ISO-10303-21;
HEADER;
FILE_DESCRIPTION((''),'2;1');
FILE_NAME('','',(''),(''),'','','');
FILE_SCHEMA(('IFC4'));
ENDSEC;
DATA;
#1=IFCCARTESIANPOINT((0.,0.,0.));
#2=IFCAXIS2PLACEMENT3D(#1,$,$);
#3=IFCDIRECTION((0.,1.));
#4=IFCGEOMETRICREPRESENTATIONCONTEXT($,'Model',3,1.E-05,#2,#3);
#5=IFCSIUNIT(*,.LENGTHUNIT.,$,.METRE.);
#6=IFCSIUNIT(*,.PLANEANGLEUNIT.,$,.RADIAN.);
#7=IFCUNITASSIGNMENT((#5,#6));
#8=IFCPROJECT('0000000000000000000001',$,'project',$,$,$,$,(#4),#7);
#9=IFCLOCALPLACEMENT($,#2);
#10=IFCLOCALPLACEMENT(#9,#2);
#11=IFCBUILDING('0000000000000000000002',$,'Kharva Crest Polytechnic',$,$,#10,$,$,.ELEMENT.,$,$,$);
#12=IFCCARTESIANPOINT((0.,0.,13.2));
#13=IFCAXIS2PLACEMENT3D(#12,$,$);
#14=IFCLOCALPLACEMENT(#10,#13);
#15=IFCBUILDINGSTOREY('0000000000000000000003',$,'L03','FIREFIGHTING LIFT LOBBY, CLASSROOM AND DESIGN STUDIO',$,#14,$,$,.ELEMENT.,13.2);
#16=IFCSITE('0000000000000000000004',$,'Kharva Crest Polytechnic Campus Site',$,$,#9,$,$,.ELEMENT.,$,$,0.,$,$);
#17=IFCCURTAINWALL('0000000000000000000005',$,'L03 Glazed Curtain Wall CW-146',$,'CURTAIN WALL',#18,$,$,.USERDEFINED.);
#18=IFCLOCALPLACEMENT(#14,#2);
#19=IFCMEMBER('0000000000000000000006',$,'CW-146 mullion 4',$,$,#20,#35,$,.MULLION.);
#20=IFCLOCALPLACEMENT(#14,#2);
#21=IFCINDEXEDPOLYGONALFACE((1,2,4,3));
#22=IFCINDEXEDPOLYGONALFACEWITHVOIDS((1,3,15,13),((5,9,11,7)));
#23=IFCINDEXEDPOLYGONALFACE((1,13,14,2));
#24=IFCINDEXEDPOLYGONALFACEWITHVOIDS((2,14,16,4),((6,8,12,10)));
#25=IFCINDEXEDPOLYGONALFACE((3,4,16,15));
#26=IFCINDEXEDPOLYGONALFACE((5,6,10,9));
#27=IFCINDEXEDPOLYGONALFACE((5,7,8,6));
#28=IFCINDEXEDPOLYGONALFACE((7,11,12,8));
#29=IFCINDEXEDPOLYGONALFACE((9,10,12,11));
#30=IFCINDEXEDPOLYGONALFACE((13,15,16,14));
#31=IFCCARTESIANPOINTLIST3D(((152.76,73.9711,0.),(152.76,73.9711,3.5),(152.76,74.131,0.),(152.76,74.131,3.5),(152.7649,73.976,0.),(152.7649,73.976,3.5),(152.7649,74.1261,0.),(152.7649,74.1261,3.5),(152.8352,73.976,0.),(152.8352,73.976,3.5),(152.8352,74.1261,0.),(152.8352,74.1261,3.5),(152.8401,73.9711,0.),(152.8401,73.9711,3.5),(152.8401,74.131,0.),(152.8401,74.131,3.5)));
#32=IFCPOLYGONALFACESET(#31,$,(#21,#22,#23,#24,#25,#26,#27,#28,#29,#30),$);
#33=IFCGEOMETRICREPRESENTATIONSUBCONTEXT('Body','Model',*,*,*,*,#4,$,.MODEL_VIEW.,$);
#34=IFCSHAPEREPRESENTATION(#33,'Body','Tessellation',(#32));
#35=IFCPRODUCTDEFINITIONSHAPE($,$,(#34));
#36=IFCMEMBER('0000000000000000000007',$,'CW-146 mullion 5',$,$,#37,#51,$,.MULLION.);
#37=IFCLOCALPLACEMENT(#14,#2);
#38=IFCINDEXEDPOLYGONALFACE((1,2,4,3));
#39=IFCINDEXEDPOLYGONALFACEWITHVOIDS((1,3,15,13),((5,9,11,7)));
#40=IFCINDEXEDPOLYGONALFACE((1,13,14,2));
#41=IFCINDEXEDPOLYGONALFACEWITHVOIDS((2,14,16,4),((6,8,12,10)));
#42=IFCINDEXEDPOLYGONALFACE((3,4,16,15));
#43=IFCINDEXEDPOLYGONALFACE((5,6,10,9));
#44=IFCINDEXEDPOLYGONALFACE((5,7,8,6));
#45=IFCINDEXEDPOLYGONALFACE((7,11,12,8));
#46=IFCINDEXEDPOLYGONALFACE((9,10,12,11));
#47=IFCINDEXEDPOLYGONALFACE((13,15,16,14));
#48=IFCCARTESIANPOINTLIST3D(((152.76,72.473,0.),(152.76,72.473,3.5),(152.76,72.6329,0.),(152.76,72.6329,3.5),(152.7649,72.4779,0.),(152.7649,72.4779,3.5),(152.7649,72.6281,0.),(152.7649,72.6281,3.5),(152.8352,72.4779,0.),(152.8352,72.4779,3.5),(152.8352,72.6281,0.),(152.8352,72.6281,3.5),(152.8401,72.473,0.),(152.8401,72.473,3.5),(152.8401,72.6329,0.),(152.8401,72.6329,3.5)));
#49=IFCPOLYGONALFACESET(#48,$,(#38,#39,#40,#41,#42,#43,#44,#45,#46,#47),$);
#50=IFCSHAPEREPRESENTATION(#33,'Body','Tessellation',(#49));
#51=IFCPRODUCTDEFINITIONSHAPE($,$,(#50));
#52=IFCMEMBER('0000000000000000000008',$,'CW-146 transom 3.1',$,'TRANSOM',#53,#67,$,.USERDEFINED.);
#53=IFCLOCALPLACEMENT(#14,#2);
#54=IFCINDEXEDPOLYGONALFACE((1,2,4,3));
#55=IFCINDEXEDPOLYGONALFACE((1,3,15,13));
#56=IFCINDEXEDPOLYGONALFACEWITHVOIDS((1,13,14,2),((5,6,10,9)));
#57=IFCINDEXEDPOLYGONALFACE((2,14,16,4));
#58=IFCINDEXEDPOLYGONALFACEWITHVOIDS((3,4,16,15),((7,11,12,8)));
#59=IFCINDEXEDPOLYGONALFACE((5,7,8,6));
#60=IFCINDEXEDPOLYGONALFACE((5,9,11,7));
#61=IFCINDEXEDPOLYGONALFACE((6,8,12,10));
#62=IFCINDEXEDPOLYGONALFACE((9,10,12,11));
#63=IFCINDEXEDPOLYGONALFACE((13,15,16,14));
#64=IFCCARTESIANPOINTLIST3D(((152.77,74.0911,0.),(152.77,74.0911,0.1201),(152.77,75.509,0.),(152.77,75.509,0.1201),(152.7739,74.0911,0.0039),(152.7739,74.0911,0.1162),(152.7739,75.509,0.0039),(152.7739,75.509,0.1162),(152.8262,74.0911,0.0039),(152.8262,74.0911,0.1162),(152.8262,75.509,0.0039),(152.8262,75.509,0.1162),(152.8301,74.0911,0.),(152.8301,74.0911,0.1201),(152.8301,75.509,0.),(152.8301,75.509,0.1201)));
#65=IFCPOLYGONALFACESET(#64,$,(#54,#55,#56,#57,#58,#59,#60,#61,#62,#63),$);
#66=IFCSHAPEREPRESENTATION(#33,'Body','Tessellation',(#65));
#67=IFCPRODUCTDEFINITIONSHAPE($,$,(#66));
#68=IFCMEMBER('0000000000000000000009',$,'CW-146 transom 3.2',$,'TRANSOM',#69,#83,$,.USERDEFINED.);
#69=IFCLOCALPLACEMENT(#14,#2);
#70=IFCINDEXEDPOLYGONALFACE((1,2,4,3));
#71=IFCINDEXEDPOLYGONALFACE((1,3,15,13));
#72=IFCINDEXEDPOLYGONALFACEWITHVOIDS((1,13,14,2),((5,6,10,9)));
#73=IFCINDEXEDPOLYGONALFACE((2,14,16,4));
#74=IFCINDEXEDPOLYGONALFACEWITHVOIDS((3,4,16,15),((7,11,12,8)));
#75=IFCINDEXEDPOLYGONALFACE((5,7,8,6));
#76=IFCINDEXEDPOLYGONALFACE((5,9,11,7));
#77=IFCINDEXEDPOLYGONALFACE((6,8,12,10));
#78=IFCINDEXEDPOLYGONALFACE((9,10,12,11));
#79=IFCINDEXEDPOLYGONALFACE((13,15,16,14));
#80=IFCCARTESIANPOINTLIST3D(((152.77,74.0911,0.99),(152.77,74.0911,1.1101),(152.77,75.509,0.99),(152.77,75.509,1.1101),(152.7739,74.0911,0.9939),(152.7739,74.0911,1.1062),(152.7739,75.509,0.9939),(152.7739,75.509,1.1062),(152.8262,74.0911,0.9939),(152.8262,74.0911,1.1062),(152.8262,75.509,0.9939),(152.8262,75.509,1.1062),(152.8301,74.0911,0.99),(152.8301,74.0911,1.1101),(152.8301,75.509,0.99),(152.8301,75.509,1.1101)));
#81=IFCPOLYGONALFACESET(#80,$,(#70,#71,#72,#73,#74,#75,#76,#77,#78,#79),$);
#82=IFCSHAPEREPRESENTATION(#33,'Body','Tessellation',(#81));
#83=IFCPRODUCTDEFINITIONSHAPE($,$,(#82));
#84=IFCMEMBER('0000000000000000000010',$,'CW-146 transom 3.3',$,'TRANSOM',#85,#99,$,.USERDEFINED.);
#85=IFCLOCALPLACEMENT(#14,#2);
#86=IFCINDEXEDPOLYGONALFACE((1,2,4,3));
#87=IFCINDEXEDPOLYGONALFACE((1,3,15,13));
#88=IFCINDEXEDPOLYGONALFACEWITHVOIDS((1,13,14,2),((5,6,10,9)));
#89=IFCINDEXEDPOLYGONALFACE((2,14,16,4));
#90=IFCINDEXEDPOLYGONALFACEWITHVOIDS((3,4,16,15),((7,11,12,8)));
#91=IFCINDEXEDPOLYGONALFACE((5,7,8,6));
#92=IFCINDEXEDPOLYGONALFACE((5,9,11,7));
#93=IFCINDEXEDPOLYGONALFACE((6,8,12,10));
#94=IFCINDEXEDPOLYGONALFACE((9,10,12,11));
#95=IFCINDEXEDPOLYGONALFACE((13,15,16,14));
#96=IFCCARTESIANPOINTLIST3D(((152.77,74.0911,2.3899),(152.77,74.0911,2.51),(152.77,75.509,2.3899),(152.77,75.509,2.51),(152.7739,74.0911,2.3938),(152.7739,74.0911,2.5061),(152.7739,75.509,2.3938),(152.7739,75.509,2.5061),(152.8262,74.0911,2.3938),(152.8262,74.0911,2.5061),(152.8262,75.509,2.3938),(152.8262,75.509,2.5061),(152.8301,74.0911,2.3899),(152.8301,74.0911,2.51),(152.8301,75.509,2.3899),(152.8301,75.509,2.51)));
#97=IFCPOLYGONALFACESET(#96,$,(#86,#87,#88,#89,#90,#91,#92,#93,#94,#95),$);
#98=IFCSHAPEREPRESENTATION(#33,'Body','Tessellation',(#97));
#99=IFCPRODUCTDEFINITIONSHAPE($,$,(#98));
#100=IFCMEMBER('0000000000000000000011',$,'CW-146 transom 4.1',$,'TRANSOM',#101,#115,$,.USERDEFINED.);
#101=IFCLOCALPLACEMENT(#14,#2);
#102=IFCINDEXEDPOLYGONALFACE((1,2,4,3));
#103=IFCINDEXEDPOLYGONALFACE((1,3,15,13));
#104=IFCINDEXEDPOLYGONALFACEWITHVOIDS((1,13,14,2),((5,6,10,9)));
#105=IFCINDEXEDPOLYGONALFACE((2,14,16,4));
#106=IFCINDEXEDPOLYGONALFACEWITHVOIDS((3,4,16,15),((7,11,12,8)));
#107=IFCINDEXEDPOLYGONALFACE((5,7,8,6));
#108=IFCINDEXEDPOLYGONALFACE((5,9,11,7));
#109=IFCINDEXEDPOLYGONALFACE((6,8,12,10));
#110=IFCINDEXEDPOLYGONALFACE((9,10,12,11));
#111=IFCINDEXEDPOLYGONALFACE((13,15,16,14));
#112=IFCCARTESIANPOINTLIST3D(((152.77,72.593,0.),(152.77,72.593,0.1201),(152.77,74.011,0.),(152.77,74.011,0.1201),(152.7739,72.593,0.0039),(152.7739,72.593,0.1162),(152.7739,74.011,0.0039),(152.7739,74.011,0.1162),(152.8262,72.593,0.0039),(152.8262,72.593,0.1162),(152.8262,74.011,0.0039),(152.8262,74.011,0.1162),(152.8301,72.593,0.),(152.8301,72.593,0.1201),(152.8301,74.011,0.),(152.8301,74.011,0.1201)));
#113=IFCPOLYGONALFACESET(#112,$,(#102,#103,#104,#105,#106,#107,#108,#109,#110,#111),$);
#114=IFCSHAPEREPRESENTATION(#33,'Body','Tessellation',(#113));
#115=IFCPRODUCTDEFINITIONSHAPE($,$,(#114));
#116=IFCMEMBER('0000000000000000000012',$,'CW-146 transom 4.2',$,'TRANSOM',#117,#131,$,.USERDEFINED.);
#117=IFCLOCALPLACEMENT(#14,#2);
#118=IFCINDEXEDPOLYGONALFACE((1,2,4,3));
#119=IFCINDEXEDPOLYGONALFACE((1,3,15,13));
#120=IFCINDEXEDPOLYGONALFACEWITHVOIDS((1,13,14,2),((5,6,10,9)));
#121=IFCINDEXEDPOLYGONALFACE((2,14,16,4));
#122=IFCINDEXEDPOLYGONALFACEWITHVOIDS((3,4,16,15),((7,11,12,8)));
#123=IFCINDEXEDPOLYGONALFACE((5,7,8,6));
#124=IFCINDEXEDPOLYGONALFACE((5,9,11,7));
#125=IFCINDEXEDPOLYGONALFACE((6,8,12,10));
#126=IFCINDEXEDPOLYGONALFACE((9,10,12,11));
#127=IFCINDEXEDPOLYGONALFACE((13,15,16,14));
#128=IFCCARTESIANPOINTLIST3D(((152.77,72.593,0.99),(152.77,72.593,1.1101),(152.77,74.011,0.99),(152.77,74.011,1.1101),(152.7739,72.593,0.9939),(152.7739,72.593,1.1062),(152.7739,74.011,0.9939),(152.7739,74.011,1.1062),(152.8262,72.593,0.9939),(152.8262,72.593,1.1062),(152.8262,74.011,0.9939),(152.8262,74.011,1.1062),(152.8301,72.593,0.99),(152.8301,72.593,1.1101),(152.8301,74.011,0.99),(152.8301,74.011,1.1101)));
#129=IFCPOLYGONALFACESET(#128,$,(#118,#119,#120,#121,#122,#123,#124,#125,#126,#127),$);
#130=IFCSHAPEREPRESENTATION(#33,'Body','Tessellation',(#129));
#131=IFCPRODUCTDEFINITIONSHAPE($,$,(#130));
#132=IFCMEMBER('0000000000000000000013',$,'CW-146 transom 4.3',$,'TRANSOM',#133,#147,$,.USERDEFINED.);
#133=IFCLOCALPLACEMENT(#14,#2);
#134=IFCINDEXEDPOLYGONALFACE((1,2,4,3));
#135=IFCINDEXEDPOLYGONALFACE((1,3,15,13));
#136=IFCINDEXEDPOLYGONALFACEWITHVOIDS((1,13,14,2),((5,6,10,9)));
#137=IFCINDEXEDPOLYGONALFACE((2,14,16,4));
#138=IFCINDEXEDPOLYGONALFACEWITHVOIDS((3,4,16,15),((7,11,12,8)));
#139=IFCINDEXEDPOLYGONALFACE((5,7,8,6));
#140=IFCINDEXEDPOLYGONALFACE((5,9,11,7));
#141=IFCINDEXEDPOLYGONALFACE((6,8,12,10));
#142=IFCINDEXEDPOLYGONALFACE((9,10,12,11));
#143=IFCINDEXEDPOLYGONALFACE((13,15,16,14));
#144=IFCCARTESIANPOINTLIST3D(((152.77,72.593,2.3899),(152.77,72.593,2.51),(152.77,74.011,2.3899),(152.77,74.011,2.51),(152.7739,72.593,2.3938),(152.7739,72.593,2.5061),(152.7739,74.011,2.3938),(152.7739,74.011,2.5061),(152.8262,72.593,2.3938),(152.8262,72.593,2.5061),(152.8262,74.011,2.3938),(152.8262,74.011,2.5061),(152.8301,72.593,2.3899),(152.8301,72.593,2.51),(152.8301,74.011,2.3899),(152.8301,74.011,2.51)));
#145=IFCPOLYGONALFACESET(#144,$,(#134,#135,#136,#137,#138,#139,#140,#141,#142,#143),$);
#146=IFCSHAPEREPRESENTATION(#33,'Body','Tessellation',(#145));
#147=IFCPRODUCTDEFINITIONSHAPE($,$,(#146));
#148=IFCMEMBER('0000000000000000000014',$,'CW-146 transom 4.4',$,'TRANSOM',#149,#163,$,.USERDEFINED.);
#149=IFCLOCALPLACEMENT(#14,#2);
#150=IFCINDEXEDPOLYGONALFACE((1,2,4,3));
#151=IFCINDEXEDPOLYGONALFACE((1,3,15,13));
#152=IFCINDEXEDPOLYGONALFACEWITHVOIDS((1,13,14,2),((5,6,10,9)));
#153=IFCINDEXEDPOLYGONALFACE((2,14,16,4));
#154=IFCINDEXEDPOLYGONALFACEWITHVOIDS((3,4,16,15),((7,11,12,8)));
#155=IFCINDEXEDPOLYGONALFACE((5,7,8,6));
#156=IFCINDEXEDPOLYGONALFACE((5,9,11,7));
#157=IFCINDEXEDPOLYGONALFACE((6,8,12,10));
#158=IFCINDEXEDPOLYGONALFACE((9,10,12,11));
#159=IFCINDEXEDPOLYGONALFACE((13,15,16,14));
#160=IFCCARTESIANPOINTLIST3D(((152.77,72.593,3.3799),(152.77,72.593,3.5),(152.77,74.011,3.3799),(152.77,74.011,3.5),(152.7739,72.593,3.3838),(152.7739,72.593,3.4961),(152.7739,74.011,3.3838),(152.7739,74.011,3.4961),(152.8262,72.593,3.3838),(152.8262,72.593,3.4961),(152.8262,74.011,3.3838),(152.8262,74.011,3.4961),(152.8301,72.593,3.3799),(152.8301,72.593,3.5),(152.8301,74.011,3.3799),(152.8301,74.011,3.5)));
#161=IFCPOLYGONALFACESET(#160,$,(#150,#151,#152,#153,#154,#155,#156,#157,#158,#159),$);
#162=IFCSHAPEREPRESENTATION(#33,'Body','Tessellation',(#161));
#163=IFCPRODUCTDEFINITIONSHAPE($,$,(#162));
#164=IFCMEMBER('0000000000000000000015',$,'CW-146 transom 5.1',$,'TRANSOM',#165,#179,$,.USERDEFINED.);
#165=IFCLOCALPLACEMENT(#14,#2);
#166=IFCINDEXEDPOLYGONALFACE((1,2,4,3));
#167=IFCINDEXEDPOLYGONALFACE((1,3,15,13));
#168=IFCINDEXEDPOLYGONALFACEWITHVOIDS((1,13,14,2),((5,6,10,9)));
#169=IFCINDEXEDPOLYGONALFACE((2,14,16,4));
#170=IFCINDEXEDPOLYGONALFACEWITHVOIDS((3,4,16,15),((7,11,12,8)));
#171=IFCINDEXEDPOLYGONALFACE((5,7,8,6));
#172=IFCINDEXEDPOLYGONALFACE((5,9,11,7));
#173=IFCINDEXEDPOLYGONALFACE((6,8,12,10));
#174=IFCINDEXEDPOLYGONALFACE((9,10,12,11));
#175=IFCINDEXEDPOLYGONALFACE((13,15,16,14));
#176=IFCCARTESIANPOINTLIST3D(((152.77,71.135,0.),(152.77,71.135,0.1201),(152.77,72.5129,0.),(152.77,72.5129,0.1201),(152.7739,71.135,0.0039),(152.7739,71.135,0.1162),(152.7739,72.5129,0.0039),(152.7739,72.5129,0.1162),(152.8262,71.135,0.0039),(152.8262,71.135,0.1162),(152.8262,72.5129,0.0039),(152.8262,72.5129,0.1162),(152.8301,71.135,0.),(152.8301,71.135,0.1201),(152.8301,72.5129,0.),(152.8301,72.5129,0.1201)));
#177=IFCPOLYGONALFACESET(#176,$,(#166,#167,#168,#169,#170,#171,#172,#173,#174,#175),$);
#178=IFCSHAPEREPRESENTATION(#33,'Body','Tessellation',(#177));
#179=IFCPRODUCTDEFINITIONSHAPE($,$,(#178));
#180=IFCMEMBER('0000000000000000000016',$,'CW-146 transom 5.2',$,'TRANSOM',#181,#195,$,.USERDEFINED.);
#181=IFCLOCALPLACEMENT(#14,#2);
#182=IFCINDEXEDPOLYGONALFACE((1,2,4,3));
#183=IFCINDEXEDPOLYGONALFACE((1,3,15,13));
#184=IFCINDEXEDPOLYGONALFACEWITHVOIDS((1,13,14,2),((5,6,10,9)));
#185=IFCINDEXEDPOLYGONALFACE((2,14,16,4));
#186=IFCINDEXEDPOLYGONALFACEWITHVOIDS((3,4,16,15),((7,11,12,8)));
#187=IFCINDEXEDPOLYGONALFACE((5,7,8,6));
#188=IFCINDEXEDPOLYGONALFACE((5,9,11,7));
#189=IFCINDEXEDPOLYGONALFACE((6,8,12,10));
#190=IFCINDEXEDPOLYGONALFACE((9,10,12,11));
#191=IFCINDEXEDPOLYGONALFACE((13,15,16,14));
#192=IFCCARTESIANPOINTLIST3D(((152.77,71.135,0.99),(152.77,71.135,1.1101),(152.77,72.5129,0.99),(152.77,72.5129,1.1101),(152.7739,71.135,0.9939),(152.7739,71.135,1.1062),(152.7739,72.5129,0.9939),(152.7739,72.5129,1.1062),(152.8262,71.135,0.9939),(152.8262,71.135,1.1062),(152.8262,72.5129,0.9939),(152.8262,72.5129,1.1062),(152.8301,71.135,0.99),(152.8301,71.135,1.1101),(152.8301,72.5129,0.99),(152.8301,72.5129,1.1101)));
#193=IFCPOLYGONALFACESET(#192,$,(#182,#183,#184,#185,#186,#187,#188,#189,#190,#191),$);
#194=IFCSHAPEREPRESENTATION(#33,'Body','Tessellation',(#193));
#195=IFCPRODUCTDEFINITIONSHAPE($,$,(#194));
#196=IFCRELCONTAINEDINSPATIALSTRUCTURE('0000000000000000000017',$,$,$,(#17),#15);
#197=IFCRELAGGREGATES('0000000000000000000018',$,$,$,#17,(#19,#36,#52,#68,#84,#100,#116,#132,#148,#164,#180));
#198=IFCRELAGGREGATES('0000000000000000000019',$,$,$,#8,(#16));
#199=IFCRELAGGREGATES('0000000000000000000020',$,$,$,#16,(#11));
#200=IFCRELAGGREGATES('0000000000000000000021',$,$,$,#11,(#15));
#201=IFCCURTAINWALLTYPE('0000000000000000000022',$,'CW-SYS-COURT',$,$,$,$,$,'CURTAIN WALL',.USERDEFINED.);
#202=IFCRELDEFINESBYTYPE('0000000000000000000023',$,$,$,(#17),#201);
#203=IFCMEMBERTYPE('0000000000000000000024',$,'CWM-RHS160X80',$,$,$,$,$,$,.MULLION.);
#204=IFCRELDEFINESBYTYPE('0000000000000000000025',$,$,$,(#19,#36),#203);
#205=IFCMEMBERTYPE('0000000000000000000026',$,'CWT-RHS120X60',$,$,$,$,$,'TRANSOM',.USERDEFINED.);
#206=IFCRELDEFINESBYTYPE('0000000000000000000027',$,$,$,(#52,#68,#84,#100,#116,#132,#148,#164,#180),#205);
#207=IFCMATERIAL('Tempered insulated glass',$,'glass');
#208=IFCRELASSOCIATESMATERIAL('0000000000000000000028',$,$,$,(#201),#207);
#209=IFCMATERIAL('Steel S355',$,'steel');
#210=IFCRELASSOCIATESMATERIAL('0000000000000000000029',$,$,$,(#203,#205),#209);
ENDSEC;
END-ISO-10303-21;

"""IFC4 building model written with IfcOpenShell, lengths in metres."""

from ifc_helpers import new_model, si_unit, direction, frame, origin, origin_2d, place, context, subcontext, project, spatial, hollow_rectangle, extrude, material, material_profile, profile_set, type_object, element, aggregate, save


model = new_model("IFC4")

# Units and contexts
model_context = context("Model", 3, precision=1e-05, world=origin(), true_north=direction((0.0, 1.0)))
body_context = subcontext(model_context, "Body", "Model", "MODEL_VIEW")
ifc_project = project(units=[si_unit("LENGTHUNIT", "METRE"), si_unit("PLANEANGLEUNIT", "RADIAN")], contexts=[model_context])

# Site, building, storey
site_placement = place(None, origin())
site = spatial("IfcSite", under=ifc_project, at=site_placement, Name="Kharva Crest Polytechnic Campus Site", CompositionType="ELEMENT", RefElevation=0.0)
building_placement = place(site_placement, origin())
building = spatial("IfcBuilding", under=site, at=building_placement, Name="Kharva Crest Polytechnic", CompositionType="ELEMENT")
storey_placement = place(building_placement, frame((0.0, 0.0, 13.2)))
storey = spatial("IfcBuildingStorey", under=building, at=storey_placement, Name="L03", Description="FIREFIGHTING LIFT LOBBY, CLASSROOM AND DESIGN STUDIO", CompositionType="ELEMENT", Elevation=13.2)

# Curtain wall, members
ifc_material_1 = material(Name="Tempered insulated glass", Category="glass")
curtain_wall_type = type_object("IfcCurtainWallType", Name="CW-SYS-COURT", ElementType="CURTAIN WALL", PredefinedType="USERDEFINED", material=ifc_material_1)
curtain_wall_placement = place(storey_placement, origin())
curtain_wall = element("IfcCurtainWall", 1, at=curtain_wall_placement, inside=storey, type_object=curtain_wall_type, Name="L03 Glazed Curtain Wall CW-146", ObjectType="CURTAIN WALL", PredefinedType="USERDEFINED")
ifc_material_2 = material(Name="Steel S355", Category="steel")
ifc_material_profile_1 = material_profile(ifc_material_2, hollow_rectangle(XDim=0.0801, YDim=0.1599, WallThickness=0.0049, at=origin_2d()), Name="RHS 160X80X5.0")
ifc_profile_set_1 = profile_set([ifc_material_profile_1], Name="Steel S355")
member_type_1 = type_object("IfcMemberType", Name="CWM-RHS160X80", PredefinedType="MULLION", material=ifc_profile_set_1)
member_1_placement = place(storey_placement, frame((152.8, 74.051, 0.0), z_axis=(0.0, 0.0, 1.0), x_axis=(1.0, 0.0, 0.0)))
member_1 = element("IfcMember", 2, at=member_1_placement, type_object=member_type_1, Name="CW-146 mullion 4", PredefinedType="MULLION", context=body_context, shape_type="SweptSolid", body=[
    extrude(hollow_rectangle(XDim=0.0801, YDim=0.1599, WallThickness=0.0049, at=origin_2d()), origin(), (0.0, 0.0, 1.0), 3.5),
])
member_2_placement = place(storey_placement, frame((152.8, 72.553, 0.0), z_axis=(0.0, 0.0, 1.0), x_axis=(1.0, 0.0, 0.0)))
member_2 = element("IfcMember", 3, at=member_2_placement, type_object=member_type_1, Name="CW-146 mullion 5", PredefinedType="MULLION", context=body_context, shape_type="SweptSolid", body=[
    extrude(hollow_rectangle(XDim=0.0801, YDim=0.1599, WallThickness=0.0049, at=origin_2d()), origin(), (0.0, 0.0, 1.0), 3.5),
])
ifc_material_profile_2 = material_profile(ifc_material_2, hollow_rectangle(XDim=0.0601, YDim=0.1201, WallThickness=0.0039, at=origin_2d()), Name="RHS 120X60X4.0")
ifc_profile_set_2 = profile_set([ifc_material_profile_2], Name="Steel S355")
member_type_2 = type_object("IfcMemberType", Name="CWT-RHS120X60", ElementType="TRANSOM", PredefinedType="USERDEFINED", material=ifc_profile_set_2)
member_3_placement = place(storey_placement, frame((152.8, 75.509, 0.0601), z_axis=(0.0, -1.0, 0.0), x_axis=(1.0, 0.0, 0.0)))
member_3 = element("IfcMember", 4, at=member_3_placement, type_object=member_type_2, Name="CW-146 transom 3.1", ObjectType="TRANSOM", PredefinedType="USERDEFINED", context=body_context, shape_type="SweptSolid", body=[
    extrude(hollow_rectangle(XDim=0.0601, YDim=0.1201, WallThickness=0.0039, at=origin_2d()), origin(), (0.0, 0.0, 1.0), 1.418),
])
member_4_placement = place(storey_placement, frame((152.8, 75.509, 1.05), z_axis=(0.0, -1.0, 0.0), x_axis=(1.0, 0.0, 0.0)))
member_4 = element("IfcMember", 5, at=member_4_placement, type_object=member_type_2, Name="CW-146 transom 3.2", ObjectType="TRANSOM", PredefinedType="USERDEFINED", context=body_context, shape_type="SweptSolid", body=[
    extrude(hollow_rectangle(XDim=0.0601, YDim=0.1201, WallThickness=0.0039, at=origin_2d()), origin(), (0.0, 0.0, 1.0), 1.418),
])
member_5_placement = place(storey_placement, frame((152.8, 75.509, 2.45), z_axis=(0.0, -1.0, 0.0), x_axis=(1.0, 0.0, 0.0)))
member_5 = element("IfcMember", 6, at=member_5_placement, type_object=member_type_2, Name="CW-146 transom 3.3", ObjectType="TRANSOM", PredefinedType="USERDEFINED", context=body_context, shape_type="SweptSolid", body=[
    extrude(hollow_rectangle(XDim=0.0601, YDim=0.1201, WallThickness=0.0039, at=origin_2d()), origin(), (0.0, 0.0, 1.0), 1.418),
])
member_6_placement = place(storey_placement, frame((152.8, 74.011, 0.0601), z_axis=(0.0, -1.0, 0.0), x_axis=(1.0, 0.0, 0.0)))
member_6 = element("IfcMember", 7, at=member_6_placement, type_object=member_type_2, Name="CW-146 transom 4.1", ObjectType="TRANSOM", PredefinedType="USERDEFINED", context=body_context, shape_type="SweptSolid", body=[
    extrude(hollow_rectangle(XDim=0.0601, YDim=0.1201, WallThickness=0.0039, at=origin_2d()), origin(), (0.0, 0.0, 1.0), 1.418),
])
member_7_placement = place(storey_placement, frame((152.8, 74.011, 1.05), z_axis=(0.0, -1.0, 0.0), x_axis=(1.0, 0.0, 0.0)))
member_7 = element("IfcMember", 8, at=member_7_placement, type_object=member_type_2, Name="CW-146 transom 4.2", ObjectType="TRANSOM", PredefinedType="USERDEFINED", context=body_context, shape_type="SweptSolid", body=[
    extrude(hollow_rectangle(XDim=0.0601, YDim=0.1201, WallThickness=0.0039, at=origin_2d()), origin(), (0.0, 0.0, 1.0), 1.418),
])
member_8_placement = place(storey_placement, frame((152.8, 74.011, 2.45), z_axis=(0.0, -1.0, 0.0), x_axis=(1.0, 0.0, 0.0)))
member_8 = element("IfcMember", 9, at=member_8_placement, type_object=member_type_2, Name="CW-146 transom 4.3", ObjectType="TRANSOM", PredefinedType="USERDEFINED", context=body_context, shape_type="SweptSolid", body=[
    extrude(hollow_rectangle(XDim=0.0601, YDim=0.1201, WallThickness=0.0039, at=origin_2d()), origin(), (0.0, 0.0, 1.0), 1.418),
])
member_9_placement = place(storey_placement, frame((152.8, 74.011, 3.4399), z_axis=(0.0, -1.0, 0.0), x_axis=(1.0, 0.0, 0.0)))
member_9 = element("IfcMember", 10, at=member_9_placement, type_object=member_type_2, Name="CW-146 transom 4.4", ObjectType="TRANSOM", PredefinedType="USERDEFINED", context=body_context, shape_type="SweptSolid", body=[
    extrude(hollow_rectangle(XDim=0.0601, YDim=0.1201, WallThickness=0.0039, at=origin_2d()), origin(), (0.0, 0.0, 1.0), 1.418),
])
member_10_placement = place(storey_placement, frame((152.8, 72.5129, 0.0601), z_axis=(0.0, -1.0, 0.0), x_axis=(1.0, 0.0, 0.0)))
member_10 = element("IfcMember", 11, at=member_10_placement, type_object=member_type_2, Name="CW-146 transom 5.1", ObjectType="TRANSOM", PredefinedType="USERDEFINED", context=body_context, shape_type="SweptSolid", body=[
    extrude(hollow_rectangle(XDim=0.0601, YDim=0.1201, WallThickness=0.0039, at=origin_2d()), origin(), (0.0, 0.0, 1.0), 1.3779),
])
member_11_placement = place(storey_placement, frame((152.8, 72.5129, 1.05), z_axis=(0.0, -1.0, 0.0), x_axis=(1.0, 0.0, 0.0)))
member_11 = element("IfcMember", 12, at=member_11_placement, type_object=member_type_2, Name="CW-146 transom 5.2", ObjectType="TRANSOM", PredefinedType="USERDEFINED", context=body_context, shape_type="SweptSolid", body=[
    extrude(hollow_rectangle(XDim=0.0601, YDim=0.1201, WallThickness=0.0039, at=origin_2d()), origin(), (0.0, 0.0, 1.0), 1.3779),
])
aggregate(curtain_wall, [member_1, member_2, member_3, member_4, member_5, member_6, member_7, member_8, member_9, member_10, member_11])

save(model, "model.ifc")
